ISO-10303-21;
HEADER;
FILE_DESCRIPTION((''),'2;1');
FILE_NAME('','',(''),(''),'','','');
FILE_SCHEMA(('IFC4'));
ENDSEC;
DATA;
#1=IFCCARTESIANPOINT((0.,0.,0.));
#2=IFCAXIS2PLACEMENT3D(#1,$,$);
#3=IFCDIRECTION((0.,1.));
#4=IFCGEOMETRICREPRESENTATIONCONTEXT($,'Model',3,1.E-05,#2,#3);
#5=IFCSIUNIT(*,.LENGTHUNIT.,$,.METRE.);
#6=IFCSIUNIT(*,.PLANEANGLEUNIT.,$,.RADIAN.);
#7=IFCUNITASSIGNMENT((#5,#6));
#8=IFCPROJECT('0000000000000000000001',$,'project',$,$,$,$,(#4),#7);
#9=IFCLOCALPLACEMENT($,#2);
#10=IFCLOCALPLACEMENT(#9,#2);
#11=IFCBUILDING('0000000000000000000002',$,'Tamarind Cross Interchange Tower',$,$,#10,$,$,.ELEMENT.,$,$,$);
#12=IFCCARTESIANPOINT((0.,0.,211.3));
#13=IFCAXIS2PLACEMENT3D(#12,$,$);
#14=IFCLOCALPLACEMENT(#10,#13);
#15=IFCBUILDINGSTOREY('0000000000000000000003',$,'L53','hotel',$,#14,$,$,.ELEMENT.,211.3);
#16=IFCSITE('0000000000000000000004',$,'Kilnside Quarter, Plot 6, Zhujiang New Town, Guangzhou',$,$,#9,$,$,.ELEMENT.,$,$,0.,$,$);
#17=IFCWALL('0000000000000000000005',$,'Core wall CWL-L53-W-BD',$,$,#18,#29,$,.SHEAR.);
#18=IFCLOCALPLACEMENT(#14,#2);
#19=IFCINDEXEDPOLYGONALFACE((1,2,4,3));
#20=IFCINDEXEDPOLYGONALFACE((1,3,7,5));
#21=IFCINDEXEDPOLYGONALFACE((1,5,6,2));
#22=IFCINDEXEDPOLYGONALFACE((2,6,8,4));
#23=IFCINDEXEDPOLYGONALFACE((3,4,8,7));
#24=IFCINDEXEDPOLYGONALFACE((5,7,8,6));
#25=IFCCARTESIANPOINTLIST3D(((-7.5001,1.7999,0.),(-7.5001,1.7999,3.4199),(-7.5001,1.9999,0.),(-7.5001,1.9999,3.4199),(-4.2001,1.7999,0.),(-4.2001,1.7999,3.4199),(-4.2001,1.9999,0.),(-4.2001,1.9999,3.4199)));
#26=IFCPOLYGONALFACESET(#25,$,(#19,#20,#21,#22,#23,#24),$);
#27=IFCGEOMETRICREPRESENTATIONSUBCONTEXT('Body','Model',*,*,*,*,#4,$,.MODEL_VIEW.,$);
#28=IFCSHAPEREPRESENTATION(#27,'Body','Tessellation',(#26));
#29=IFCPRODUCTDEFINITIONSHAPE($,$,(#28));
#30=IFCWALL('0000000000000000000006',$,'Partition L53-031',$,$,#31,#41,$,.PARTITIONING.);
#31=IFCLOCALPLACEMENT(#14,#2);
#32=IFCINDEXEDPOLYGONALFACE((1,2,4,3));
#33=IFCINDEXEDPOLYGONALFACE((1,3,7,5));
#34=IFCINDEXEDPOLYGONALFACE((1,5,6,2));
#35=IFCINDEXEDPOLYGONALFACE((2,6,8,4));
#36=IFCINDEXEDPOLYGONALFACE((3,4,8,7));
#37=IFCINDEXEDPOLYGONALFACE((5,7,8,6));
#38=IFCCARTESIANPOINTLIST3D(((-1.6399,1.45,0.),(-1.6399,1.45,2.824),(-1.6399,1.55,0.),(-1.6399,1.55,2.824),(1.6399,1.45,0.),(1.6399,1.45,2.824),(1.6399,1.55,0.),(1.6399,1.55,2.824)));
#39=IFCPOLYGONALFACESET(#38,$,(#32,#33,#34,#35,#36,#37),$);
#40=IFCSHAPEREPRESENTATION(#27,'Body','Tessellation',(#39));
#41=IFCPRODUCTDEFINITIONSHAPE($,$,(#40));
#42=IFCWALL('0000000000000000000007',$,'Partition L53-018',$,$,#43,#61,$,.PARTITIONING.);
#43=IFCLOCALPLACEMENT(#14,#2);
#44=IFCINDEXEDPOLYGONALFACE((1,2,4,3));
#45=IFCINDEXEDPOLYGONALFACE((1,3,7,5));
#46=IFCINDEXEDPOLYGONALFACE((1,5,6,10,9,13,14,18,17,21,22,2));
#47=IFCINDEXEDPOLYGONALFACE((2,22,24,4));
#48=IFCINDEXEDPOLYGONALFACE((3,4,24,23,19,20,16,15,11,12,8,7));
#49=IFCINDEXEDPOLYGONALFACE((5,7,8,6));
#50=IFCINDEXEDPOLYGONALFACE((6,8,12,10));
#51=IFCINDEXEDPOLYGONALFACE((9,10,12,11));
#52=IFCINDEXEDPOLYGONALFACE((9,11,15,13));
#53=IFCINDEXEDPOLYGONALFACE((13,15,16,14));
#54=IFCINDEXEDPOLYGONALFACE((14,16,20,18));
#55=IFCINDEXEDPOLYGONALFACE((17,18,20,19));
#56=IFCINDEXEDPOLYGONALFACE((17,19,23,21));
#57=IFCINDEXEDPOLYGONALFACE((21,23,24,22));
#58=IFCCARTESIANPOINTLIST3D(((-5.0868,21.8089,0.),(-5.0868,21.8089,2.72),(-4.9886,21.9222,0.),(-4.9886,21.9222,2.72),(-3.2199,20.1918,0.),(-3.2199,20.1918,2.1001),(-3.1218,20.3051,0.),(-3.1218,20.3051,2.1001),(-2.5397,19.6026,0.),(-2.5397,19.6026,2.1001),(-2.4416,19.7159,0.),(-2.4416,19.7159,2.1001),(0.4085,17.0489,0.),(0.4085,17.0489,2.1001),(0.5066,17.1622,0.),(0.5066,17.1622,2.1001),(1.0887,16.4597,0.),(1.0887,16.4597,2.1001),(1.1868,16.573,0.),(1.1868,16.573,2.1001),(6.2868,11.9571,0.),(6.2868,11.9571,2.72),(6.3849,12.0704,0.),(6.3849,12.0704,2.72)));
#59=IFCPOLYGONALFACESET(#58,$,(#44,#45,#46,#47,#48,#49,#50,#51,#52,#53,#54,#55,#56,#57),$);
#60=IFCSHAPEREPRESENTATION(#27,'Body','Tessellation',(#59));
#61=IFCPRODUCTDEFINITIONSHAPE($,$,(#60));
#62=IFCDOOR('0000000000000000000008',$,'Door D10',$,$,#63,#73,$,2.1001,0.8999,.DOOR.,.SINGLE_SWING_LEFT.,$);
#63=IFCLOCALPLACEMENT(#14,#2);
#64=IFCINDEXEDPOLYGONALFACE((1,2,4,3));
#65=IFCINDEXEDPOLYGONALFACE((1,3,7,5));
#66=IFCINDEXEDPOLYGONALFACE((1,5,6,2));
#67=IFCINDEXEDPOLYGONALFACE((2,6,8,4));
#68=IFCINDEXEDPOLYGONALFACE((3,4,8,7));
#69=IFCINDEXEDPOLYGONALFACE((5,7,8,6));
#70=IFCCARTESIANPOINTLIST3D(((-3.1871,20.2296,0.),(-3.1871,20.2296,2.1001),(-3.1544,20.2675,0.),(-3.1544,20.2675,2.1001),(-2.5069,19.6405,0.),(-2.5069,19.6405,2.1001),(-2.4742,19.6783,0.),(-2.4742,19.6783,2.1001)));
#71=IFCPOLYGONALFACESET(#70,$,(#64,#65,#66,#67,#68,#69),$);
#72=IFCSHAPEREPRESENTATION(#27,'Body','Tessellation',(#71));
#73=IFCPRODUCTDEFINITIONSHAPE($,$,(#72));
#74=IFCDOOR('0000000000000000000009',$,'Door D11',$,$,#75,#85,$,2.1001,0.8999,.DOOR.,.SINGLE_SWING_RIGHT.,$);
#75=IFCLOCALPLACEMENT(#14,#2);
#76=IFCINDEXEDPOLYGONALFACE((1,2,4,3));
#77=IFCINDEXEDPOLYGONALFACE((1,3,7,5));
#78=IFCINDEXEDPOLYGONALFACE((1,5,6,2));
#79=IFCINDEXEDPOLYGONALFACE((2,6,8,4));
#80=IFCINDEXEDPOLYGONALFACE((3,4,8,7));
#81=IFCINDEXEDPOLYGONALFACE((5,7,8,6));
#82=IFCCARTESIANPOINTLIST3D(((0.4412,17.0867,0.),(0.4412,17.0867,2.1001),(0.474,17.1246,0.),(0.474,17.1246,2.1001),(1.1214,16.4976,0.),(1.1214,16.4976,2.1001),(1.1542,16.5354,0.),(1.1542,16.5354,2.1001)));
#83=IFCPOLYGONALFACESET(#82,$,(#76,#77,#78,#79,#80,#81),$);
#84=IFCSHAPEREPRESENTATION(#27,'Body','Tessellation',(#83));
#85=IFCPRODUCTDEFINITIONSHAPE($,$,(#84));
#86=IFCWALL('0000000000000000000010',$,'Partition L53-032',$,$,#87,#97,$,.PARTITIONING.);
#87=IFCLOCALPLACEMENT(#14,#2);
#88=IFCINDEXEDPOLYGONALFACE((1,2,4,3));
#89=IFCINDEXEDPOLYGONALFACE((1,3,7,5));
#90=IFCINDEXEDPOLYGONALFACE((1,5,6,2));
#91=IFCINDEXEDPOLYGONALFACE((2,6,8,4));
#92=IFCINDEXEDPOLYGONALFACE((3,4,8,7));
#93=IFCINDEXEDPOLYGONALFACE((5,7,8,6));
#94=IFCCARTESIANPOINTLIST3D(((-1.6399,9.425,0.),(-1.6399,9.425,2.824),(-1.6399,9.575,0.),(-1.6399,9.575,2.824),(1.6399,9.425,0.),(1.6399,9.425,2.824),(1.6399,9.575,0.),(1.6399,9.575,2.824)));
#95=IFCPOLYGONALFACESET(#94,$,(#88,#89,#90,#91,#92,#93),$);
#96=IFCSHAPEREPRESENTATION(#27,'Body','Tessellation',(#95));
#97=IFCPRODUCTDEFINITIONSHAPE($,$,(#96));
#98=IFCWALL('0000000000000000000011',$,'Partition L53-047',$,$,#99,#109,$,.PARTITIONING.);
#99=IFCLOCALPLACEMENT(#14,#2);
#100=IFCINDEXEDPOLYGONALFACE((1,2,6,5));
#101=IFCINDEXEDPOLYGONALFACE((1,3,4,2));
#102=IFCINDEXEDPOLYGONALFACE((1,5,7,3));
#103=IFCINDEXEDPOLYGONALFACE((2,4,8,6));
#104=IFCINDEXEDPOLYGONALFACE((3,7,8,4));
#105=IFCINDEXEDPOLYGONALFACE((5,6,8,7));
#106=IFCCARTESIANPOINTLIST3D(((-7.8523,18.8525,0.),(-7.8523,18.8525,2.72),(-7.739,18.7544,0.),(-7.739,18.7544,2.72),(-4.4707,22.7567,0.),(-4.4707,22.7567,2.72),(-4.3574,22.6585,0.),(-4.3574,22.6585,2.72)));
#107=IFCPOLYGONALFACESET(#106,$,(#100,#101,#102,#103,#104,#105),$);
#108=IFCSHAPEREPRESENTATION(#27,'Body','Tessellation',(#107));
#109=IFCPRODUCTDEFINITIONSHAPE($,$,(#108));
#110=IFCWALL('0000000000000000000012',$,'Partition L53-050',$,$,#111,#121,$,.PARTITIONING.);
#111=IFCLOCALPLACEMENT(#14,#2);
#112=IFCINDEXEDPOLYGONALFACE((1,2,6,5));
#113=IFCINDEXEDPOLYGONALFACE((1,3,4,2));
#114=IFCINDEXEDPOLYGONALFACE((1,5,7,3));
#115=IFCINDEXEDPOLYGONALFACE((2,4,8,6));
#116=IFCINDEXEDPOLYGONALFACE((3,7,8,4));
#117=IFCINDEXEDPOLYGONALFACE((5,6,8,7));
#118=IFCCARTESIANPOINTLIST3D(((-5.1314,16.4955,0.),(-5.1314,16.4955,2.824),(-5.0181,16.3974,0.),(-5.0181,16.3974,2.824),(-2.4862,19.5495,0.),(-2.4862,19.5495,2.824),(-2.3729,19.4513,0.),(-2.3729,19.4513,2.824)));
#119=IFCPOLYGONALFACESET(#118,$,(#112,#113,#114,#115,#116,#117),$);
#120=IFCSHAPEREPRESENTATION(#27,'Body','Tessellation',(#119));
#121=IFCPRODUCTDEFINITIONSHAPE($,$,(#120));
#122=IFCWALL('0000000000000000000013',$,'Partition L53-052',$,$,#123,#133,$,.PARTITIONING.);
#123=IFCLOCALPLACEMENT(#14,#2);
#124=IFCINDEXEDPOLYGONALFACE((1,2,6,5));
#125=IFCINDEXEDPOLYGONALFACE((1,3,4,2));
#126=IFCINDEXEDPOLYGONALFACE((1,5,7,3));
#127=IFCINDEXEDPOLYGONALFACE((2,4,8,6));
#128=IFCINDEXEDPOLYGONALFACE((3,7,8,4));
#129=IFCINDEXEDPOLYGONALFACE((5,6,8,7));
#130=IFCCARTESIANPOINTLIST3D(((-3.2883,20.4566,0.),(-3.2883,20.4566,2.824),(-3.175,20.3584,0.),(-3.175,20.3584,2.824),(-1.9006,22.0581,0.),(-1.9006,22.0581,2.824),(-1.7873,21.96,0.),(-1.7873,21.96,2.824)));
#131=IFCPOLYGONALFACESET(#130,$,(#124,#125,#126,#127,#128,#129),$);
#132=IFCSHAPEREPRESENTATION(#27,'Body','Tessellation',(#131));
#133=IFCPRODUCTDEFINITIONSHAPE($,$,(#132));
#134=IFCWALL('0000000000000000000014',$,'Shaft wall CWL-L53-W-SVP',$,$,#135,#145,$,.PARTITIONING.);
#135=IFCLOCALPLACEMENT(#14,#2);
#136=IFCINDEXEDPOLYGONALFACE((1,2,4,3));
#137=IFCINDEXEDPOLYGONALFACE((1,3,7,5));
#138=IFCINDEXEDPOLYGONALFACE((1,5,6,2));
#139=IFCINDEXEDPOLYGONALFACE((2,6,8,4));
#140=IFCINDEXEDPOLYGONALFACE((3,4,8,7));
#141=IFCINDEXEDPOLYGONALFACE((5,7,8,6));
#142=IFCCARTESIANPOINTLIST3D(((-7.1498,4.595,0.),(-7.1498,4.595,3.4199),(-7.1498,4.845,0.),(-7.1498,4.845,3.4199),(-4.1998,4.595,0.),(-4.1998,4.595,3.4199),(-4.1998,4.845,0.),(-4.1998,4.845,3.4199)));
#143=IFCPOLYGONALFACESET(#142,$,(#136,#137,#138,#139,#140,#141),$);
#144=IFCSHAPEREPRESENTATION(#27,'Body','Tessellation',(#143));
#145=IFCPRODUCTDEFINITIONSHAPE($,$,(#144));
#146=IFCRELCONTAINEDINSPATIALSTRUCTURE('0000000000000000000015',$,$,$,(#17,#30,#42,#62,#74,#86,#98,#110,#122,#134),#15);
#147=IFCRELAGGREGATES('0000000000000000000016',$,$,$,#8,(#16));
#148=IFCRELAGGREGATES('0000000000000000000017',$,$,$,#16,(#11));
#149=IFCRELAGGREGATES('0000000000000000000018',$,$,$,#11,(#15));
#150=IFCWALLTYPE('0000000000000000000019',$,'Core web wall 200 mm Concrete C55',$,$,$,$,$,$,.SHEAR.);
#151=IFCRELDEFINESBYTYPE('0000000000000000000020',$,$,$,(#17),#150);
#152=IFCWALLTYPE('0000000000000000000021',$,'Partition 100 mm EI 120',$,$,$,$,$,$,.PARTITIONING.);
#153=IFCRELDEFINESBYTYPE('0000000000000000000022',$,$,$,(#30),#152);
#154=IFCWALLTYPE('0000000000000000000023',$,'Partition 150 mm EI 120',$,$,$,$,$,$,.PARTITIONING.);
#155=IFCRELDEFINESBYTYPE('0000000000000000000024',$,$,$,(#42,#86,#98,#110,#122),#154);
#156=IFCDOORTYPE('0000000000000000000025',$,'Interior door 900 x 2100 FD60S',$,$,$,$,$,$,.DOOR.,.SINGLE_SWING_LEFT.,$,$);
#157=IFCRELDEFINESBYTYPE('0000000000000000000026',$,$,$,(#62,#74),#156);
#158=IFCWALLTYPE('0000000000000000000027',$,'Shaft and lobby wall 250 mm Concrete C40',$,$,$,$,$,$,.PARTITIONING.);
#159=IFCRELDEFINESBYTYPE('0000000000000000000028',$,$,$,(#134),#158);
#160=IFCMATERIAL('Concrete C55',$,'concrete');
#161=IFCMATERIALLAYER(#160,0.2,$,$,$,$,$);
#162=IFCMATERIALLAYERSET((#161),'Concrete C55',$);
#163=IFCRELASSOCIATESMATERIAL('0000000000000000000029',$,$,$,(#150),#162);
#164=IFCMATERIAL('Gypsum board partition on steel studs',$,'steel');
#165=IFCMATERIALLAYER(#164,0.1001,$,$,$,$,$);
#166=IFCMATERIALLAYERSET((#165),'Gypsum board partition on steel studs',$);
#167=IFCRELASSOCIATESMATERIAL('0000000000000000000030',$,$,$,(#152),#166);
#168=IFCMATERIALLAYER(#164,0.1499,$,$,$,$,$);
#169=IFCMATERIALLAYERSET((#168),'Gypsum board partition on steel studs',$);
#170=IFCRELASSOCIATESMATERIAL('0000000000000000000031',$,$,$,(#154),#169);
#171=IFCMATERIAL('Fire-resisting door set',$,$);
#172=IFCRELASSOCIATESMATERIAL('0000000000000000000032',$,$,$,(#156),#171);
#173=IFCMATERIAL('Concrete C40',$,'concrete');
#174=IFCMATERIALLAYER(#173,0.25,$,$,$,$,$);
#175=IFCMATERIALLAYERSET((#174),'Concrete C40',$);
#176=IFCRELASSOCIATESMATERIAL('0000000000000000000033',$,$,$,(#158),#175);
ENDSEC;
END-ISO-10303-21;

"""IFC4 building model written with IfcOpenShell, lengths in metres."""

from ifc_helpers import new_model, si_unit, direction, frame, frame_2d, origin, place, context, subcontext, project, spatial, rectangle, extrude, material, layer, layer_set, type_object, element, fill, save


model = new_model("IFC4")

# Units and contexts
model_context = context("Model", 3, precision=1e-05, world=origin(), true_north=direction((0.0, 1.0)))
body_context = subcontext(model_context, "Body", "Model", "MODEL_VIEW")
ifc_project = project(units=[si_unit("LENGTHUNIT", "METRE"), si_unit("PLANEANGLEUNIT", "RADIAN")], contexts=[model_context])

# Site, building, storey
site_placement = place(None, origin())
site = spatial("IfcSite", under=ifc_project, at=site_placement, Name="Kilnside Quarter, Plot 6, Zhujiang New Town, Guangzhou", CompositionType="ELEMENT", RefElevation=0.0)
building_placement = place(site_placement, origin())
building = spatial("IfcBuilding", under=site, at=building_placement, Name="Tamarind Cross Interchange Tower", CompositionType="ELEMENT")
storey_placement = place(building_placement, frame((0.0, 0.0, 211.3)))
storey = spatial("IfcBuildingStorey", under=building, at=storey_placement, Name="L53", Description="hotel", CompositionType="ELEMENT", Elevation=211.3)

# Walls
ifc_material_1 = material(Name="Concrete C55", Category="concrete")
ifc_layer_1 = layer(ifc_material_1, 0.2)
ifc_layer_set_1 = layer_set([ifc_layer_1], Name="Concrete C55")
wall_type_1 = type_object("IfcWallType", Name="Core web wall 200 mm Concrete C55", PredefinedType="SHEAR", material=ifc_layer_set_1)
wall_1_placement = place(storey_placement, frame((-7.5, 1.8999, 0.0), z_axis=(0.0, 0.0, 1.0), x_axis=(1.0, 0.0, 0.0)))
element("IfcWall", 1, at=wall_1_placement, inside=storey, type_object=wall_type_1, Name="Core wall CWL-L53-W-BD", PredefinedType="SHEAR", context=body_context, shape_type="SweptSolid", body=[
    extrude(rectangle(XDim=3.3, YDim=0.2, at=frame_2d((1.6499, 0.0))), origin(), (0.0, 0.0, 1.0), 3.4199),
])
ifc_material_2 = material(Name="Gypsum board partition on steel studs", Category="steel")
ifc_layer_2 = layer(ifc_material_2, 0.1001)
ifc_layer_set_2 = layer_set([ifc_layer_2], Name="Gypsum board partition on steel studs")
wall_type_2 = type_object("IfcWallType", Name="Partition 100 mm EI 120", PredefinedType="PARTITIONING", material=ifc_layer_set_2)
wall_2_placement = place(storey_placement, frame((-1.6399, 1.5, 0.0), z_axis=(0.0, 0.0, 1.0), x_axis=(1.0, 0.0, 0.0)))
element("IfcWall", 2, at=wall_2_placement, inside=storey, type_object=wall_type_2, Name="Partition L53-031", PredefinedType="PARTITIONING", context=body_context, shape_type="SweptSolid", body=[
    extrude(rectangle(XDim=3.2798, YDim=0.1001, at=frame_2d((1.6399, 0.0))), origin(), (0.0, 0.0, 1.0), 2.824),
])

# Wall, openings, doors
ifc_layer_3 = layer(ifc_material_2, 0.1499)
ifc_layer_set_3 = layer_set([ifc_layer_3], Name="Gypsum board partition on steel studs")
wall_type_3 = type_object("IfcWallType", Name="Partition 150 mm EI 120", PredefinedType="PARTITIONING", material=ifc_layer_set_3)
wall_3_placement = place(storey_placement, frame((-5.0376, 21.8655, 0.0), z_axis=(0.0, 0.0, 1.0), x_axis=(0.755862, -0.654731, 0.0)))
wall_3 = element("IfcWall", 3, at=wall_3_placement, inside=storey, type_object=wall_type_3, Name="Partition L53-018", PredefinedType="PARTITIONING", context=body_context, shape_type="SweptSolid", body=[
    extrude(rectangle(XDim=15.0471, YDim=0.1499, at=frame_2d((7.5234, 0.0))), origin(), (0.0, 0.0, 1.0), 2.72),
])
opening_1_placement = place(wall_3_placement, frame((2.4697, 0.0, 0.0)))
opening_1 = element("IfcOpeningElement", 4, at=opening_1_placement, cuts=wall_3, PredefinedType="OPENING", context=body_context, shape_type="SweptSolid", body=[
    extrude(rectangle(XDim=0.8999, YDim=2.1001, at=frame_2d((0.45, 1.05))), frame((0.0, 0.085, 0.0), z_axis=(0.0, -1.0, 0.0), x_axis=(1.0, 0.0, 0.0)), (0.0, 0.0, 1.0), 0.1699),
])
opening_2_placement = place(wall_3_placement, frame((7.27, 0.0, 0.0)))
opening_2 = element("IfcOpeningElement", 5, at=opening_2_placement, cuts=wall_3, PredefinedType="OPENING", context=body_context, shape_type="SweptSolid", body=[
    extrude(rectangle(XDim=0.8999, YDim=2.1001, at=frame_2d((0.45, 1.05))), frame((0.0, 0.085, 0.0), z_axis=(0.0, -1.0, 0.0), x_axis=(1.0, 0.0, 0.0)), (0.0, 0.0, 1.0), 0.1699),
])
ifc_material_3 = material(Name="Fire-resisting door set")
door_type = type_object("IfcDoorType", Name="Interior door 900 x 2100 FD60S", OperationType="SINGLE_SWING_LEFT", PredefinedType="DOOR", material=ifc_material_3)
door_1_placement = place(opening_1_placement, frame((0.8999, 0.0, 0.0), z_axis=(0.0, 0.0, 1.0), x_axis=(-1.0, 0.0, 0.0)))
door_1 = element("IfcDoor", 6, at=door_1_placement, inside=storey, type_object=door_type, Name="Door D10", OperationType="SINGLE_SWING_LEFT", OverallHeight=2.1001, OverallWidth=0.8999, PredefinedType="DOOR", context=body_context, shape_type="SweptSolid", body=[
    extrude(rectangle(XDim=0.8999, YDim=2.1001, at=frame_2d((0.45, 1.05))), frame((0.0, 0.0249, 0.0), z_axis=(0.0, -1.0, 0.0), x_axis=(1.0, 0.0, 0.0)), (0.0, 0.0, 1.0), 0.05),
])
fill(opening_1, door_1)
door_2_placement = place(opening_2_placement, frame((0.8999, 0.0, 0.0), z_axis=(0.0, 0.0, 1.0), x_axis=(-1.0, 0.0, 0.0)))
door_2 = element("IfcDoor", 7, at=door_2_placement, inside=storey, type_object=door_type, Name="Door D11", OperationType="SINGLE_SWING_RIGHT", OverallHeight=2.1001, OverallWidth=0.8999, PredefinedType="DOOR", context=body_context, shape_type="SweptSolid", body=[
    extrude(rectangle(XDim=0.8999, YDim=2.1001, at=frame_2d((0.45, 1.05))), frame((0.0, 0.0249, 0.0), z_axis=(0.0, -1.0, 0.0), x_axis=(1.0, 0.0, 0.0)), (0.0, 0.0, 1.0), 0.05),
])
fill(opening_2, door_2)

# Walls
wall_4_placement = place(storey_placement, frame((-1.6399, 9.5, 0.0), z_axis=(0.0, 0.0, 1.0), x_axis=(1.0, 0.0, 0.0)))
element("IfcWall", 8, at=wall_4_placement, inside=storey, type_object=wall_type_3, Name="Partition L53-032", PredefinedType="PARTITIONING", context=body_context, shape_type="SweptSolid", body=[
    extrude(rectangle(XDim=3.2798, YDim=0.1499, at=frame_2d((1.6399, 0.0))), origin(), (0.0, 0.0, 1.0), 2.824),
])
wall_5_placement = place(storey_placement, frame((-7.7957, 18.8035, 0.0), z_axis=(0.0, 0.0, 1.0), x_axis=(0.654718, 0.755873, 0.0)))
element("IfcWall", 9, at=wall_5_placement, inside=storey, type_object=wall_type_3, Name="Partition L53-047", PredefinedType="PARTITIONING", context=body_context, shape_type="SweptSolid", body=[
    extrude(rectangle(XDim=5.165, YDim=0.1499, at=frame_2d((2.5825, 0.0))), origin(), (0.0, 0.0, 1.0), 2.72),
])
wall_6_placement = place(storey_placement, frame((-5.0747, 16.4465, 0.0), z_axis=(0.0, 0.0, 1.0), x_axis=(0.654719, 0.755872, 0.0)))
element("IfcWall", 10, at=wall_6_placement, inside=storey, type_object=wall_type_3, Name="Partition L53-050", PredefinedType="PARTITIONING", context=body_context, shape_type="SweptSolid", body=[
    extrude(rectangle(XDim=4.0403, YDim=0.1499, at=frame_2d((2.02, 0.0))), origin(), (0.0, 0.0, 1.0), 2.824),
])
wall_7_placement = place(storey_placement, frame((-3.2317, 20.4075, 0.0), z_axis=(0.0, 0.0, 1.0), x_axis=(0.654843, 0.755765, 0.0)))
element("IfcWall", 11, at=wall_7_placement, inside=storey, type_object=wall_type_3, Name="Partition L53-052", PredefinedType="PARTITIONING", context=body_context, shape_type="SweptSolid", body=[
    extrude(rectangle(XDim=2.1191, YDim=0.1499, at=frame_2d((1.0596, 0.0))), origin(), (0.0, 0.0, 1.0), 2.824),
])
ifc_material_4 = material(Name="Concrete C40", Category="concrete")
ifc_layer_4 = layer(ifc_material_4, 0.25)
ifc_layer_set_4 = layer_set([ifc_layer_4], Name="Concrete C40")
wall_type_4 = type_object("IfcWallType", Name="Shaft and lobby wall 250 mm Concrete C40", PredefinedType="PARTITIONING", material=ifc_layer_set_4)
wall_8_placement = place(storey_placement, frame((-7.1499, 4.72, 0.0), z_axis=(0.0, 0.0, 1.0), x_axis=(1.0, 0.0, 0.0)))
element("IfcWall", 12, at=wall_8_placement, inside=storey, type_object=wall_type_4, Name="Shaft wall CWL-L53-W-SVP", PredefinedType="PARTITIONING", context=body_context, shape_type="SweptSolid", body=[
    extrude(rectangle(XDim=2.95, YDim=0.25, at=frame_2d((1.4751, 0.0))), origin(), (0.0, 0.0, 1.0), 3.4199),
])

save(model, "model.ifc")
